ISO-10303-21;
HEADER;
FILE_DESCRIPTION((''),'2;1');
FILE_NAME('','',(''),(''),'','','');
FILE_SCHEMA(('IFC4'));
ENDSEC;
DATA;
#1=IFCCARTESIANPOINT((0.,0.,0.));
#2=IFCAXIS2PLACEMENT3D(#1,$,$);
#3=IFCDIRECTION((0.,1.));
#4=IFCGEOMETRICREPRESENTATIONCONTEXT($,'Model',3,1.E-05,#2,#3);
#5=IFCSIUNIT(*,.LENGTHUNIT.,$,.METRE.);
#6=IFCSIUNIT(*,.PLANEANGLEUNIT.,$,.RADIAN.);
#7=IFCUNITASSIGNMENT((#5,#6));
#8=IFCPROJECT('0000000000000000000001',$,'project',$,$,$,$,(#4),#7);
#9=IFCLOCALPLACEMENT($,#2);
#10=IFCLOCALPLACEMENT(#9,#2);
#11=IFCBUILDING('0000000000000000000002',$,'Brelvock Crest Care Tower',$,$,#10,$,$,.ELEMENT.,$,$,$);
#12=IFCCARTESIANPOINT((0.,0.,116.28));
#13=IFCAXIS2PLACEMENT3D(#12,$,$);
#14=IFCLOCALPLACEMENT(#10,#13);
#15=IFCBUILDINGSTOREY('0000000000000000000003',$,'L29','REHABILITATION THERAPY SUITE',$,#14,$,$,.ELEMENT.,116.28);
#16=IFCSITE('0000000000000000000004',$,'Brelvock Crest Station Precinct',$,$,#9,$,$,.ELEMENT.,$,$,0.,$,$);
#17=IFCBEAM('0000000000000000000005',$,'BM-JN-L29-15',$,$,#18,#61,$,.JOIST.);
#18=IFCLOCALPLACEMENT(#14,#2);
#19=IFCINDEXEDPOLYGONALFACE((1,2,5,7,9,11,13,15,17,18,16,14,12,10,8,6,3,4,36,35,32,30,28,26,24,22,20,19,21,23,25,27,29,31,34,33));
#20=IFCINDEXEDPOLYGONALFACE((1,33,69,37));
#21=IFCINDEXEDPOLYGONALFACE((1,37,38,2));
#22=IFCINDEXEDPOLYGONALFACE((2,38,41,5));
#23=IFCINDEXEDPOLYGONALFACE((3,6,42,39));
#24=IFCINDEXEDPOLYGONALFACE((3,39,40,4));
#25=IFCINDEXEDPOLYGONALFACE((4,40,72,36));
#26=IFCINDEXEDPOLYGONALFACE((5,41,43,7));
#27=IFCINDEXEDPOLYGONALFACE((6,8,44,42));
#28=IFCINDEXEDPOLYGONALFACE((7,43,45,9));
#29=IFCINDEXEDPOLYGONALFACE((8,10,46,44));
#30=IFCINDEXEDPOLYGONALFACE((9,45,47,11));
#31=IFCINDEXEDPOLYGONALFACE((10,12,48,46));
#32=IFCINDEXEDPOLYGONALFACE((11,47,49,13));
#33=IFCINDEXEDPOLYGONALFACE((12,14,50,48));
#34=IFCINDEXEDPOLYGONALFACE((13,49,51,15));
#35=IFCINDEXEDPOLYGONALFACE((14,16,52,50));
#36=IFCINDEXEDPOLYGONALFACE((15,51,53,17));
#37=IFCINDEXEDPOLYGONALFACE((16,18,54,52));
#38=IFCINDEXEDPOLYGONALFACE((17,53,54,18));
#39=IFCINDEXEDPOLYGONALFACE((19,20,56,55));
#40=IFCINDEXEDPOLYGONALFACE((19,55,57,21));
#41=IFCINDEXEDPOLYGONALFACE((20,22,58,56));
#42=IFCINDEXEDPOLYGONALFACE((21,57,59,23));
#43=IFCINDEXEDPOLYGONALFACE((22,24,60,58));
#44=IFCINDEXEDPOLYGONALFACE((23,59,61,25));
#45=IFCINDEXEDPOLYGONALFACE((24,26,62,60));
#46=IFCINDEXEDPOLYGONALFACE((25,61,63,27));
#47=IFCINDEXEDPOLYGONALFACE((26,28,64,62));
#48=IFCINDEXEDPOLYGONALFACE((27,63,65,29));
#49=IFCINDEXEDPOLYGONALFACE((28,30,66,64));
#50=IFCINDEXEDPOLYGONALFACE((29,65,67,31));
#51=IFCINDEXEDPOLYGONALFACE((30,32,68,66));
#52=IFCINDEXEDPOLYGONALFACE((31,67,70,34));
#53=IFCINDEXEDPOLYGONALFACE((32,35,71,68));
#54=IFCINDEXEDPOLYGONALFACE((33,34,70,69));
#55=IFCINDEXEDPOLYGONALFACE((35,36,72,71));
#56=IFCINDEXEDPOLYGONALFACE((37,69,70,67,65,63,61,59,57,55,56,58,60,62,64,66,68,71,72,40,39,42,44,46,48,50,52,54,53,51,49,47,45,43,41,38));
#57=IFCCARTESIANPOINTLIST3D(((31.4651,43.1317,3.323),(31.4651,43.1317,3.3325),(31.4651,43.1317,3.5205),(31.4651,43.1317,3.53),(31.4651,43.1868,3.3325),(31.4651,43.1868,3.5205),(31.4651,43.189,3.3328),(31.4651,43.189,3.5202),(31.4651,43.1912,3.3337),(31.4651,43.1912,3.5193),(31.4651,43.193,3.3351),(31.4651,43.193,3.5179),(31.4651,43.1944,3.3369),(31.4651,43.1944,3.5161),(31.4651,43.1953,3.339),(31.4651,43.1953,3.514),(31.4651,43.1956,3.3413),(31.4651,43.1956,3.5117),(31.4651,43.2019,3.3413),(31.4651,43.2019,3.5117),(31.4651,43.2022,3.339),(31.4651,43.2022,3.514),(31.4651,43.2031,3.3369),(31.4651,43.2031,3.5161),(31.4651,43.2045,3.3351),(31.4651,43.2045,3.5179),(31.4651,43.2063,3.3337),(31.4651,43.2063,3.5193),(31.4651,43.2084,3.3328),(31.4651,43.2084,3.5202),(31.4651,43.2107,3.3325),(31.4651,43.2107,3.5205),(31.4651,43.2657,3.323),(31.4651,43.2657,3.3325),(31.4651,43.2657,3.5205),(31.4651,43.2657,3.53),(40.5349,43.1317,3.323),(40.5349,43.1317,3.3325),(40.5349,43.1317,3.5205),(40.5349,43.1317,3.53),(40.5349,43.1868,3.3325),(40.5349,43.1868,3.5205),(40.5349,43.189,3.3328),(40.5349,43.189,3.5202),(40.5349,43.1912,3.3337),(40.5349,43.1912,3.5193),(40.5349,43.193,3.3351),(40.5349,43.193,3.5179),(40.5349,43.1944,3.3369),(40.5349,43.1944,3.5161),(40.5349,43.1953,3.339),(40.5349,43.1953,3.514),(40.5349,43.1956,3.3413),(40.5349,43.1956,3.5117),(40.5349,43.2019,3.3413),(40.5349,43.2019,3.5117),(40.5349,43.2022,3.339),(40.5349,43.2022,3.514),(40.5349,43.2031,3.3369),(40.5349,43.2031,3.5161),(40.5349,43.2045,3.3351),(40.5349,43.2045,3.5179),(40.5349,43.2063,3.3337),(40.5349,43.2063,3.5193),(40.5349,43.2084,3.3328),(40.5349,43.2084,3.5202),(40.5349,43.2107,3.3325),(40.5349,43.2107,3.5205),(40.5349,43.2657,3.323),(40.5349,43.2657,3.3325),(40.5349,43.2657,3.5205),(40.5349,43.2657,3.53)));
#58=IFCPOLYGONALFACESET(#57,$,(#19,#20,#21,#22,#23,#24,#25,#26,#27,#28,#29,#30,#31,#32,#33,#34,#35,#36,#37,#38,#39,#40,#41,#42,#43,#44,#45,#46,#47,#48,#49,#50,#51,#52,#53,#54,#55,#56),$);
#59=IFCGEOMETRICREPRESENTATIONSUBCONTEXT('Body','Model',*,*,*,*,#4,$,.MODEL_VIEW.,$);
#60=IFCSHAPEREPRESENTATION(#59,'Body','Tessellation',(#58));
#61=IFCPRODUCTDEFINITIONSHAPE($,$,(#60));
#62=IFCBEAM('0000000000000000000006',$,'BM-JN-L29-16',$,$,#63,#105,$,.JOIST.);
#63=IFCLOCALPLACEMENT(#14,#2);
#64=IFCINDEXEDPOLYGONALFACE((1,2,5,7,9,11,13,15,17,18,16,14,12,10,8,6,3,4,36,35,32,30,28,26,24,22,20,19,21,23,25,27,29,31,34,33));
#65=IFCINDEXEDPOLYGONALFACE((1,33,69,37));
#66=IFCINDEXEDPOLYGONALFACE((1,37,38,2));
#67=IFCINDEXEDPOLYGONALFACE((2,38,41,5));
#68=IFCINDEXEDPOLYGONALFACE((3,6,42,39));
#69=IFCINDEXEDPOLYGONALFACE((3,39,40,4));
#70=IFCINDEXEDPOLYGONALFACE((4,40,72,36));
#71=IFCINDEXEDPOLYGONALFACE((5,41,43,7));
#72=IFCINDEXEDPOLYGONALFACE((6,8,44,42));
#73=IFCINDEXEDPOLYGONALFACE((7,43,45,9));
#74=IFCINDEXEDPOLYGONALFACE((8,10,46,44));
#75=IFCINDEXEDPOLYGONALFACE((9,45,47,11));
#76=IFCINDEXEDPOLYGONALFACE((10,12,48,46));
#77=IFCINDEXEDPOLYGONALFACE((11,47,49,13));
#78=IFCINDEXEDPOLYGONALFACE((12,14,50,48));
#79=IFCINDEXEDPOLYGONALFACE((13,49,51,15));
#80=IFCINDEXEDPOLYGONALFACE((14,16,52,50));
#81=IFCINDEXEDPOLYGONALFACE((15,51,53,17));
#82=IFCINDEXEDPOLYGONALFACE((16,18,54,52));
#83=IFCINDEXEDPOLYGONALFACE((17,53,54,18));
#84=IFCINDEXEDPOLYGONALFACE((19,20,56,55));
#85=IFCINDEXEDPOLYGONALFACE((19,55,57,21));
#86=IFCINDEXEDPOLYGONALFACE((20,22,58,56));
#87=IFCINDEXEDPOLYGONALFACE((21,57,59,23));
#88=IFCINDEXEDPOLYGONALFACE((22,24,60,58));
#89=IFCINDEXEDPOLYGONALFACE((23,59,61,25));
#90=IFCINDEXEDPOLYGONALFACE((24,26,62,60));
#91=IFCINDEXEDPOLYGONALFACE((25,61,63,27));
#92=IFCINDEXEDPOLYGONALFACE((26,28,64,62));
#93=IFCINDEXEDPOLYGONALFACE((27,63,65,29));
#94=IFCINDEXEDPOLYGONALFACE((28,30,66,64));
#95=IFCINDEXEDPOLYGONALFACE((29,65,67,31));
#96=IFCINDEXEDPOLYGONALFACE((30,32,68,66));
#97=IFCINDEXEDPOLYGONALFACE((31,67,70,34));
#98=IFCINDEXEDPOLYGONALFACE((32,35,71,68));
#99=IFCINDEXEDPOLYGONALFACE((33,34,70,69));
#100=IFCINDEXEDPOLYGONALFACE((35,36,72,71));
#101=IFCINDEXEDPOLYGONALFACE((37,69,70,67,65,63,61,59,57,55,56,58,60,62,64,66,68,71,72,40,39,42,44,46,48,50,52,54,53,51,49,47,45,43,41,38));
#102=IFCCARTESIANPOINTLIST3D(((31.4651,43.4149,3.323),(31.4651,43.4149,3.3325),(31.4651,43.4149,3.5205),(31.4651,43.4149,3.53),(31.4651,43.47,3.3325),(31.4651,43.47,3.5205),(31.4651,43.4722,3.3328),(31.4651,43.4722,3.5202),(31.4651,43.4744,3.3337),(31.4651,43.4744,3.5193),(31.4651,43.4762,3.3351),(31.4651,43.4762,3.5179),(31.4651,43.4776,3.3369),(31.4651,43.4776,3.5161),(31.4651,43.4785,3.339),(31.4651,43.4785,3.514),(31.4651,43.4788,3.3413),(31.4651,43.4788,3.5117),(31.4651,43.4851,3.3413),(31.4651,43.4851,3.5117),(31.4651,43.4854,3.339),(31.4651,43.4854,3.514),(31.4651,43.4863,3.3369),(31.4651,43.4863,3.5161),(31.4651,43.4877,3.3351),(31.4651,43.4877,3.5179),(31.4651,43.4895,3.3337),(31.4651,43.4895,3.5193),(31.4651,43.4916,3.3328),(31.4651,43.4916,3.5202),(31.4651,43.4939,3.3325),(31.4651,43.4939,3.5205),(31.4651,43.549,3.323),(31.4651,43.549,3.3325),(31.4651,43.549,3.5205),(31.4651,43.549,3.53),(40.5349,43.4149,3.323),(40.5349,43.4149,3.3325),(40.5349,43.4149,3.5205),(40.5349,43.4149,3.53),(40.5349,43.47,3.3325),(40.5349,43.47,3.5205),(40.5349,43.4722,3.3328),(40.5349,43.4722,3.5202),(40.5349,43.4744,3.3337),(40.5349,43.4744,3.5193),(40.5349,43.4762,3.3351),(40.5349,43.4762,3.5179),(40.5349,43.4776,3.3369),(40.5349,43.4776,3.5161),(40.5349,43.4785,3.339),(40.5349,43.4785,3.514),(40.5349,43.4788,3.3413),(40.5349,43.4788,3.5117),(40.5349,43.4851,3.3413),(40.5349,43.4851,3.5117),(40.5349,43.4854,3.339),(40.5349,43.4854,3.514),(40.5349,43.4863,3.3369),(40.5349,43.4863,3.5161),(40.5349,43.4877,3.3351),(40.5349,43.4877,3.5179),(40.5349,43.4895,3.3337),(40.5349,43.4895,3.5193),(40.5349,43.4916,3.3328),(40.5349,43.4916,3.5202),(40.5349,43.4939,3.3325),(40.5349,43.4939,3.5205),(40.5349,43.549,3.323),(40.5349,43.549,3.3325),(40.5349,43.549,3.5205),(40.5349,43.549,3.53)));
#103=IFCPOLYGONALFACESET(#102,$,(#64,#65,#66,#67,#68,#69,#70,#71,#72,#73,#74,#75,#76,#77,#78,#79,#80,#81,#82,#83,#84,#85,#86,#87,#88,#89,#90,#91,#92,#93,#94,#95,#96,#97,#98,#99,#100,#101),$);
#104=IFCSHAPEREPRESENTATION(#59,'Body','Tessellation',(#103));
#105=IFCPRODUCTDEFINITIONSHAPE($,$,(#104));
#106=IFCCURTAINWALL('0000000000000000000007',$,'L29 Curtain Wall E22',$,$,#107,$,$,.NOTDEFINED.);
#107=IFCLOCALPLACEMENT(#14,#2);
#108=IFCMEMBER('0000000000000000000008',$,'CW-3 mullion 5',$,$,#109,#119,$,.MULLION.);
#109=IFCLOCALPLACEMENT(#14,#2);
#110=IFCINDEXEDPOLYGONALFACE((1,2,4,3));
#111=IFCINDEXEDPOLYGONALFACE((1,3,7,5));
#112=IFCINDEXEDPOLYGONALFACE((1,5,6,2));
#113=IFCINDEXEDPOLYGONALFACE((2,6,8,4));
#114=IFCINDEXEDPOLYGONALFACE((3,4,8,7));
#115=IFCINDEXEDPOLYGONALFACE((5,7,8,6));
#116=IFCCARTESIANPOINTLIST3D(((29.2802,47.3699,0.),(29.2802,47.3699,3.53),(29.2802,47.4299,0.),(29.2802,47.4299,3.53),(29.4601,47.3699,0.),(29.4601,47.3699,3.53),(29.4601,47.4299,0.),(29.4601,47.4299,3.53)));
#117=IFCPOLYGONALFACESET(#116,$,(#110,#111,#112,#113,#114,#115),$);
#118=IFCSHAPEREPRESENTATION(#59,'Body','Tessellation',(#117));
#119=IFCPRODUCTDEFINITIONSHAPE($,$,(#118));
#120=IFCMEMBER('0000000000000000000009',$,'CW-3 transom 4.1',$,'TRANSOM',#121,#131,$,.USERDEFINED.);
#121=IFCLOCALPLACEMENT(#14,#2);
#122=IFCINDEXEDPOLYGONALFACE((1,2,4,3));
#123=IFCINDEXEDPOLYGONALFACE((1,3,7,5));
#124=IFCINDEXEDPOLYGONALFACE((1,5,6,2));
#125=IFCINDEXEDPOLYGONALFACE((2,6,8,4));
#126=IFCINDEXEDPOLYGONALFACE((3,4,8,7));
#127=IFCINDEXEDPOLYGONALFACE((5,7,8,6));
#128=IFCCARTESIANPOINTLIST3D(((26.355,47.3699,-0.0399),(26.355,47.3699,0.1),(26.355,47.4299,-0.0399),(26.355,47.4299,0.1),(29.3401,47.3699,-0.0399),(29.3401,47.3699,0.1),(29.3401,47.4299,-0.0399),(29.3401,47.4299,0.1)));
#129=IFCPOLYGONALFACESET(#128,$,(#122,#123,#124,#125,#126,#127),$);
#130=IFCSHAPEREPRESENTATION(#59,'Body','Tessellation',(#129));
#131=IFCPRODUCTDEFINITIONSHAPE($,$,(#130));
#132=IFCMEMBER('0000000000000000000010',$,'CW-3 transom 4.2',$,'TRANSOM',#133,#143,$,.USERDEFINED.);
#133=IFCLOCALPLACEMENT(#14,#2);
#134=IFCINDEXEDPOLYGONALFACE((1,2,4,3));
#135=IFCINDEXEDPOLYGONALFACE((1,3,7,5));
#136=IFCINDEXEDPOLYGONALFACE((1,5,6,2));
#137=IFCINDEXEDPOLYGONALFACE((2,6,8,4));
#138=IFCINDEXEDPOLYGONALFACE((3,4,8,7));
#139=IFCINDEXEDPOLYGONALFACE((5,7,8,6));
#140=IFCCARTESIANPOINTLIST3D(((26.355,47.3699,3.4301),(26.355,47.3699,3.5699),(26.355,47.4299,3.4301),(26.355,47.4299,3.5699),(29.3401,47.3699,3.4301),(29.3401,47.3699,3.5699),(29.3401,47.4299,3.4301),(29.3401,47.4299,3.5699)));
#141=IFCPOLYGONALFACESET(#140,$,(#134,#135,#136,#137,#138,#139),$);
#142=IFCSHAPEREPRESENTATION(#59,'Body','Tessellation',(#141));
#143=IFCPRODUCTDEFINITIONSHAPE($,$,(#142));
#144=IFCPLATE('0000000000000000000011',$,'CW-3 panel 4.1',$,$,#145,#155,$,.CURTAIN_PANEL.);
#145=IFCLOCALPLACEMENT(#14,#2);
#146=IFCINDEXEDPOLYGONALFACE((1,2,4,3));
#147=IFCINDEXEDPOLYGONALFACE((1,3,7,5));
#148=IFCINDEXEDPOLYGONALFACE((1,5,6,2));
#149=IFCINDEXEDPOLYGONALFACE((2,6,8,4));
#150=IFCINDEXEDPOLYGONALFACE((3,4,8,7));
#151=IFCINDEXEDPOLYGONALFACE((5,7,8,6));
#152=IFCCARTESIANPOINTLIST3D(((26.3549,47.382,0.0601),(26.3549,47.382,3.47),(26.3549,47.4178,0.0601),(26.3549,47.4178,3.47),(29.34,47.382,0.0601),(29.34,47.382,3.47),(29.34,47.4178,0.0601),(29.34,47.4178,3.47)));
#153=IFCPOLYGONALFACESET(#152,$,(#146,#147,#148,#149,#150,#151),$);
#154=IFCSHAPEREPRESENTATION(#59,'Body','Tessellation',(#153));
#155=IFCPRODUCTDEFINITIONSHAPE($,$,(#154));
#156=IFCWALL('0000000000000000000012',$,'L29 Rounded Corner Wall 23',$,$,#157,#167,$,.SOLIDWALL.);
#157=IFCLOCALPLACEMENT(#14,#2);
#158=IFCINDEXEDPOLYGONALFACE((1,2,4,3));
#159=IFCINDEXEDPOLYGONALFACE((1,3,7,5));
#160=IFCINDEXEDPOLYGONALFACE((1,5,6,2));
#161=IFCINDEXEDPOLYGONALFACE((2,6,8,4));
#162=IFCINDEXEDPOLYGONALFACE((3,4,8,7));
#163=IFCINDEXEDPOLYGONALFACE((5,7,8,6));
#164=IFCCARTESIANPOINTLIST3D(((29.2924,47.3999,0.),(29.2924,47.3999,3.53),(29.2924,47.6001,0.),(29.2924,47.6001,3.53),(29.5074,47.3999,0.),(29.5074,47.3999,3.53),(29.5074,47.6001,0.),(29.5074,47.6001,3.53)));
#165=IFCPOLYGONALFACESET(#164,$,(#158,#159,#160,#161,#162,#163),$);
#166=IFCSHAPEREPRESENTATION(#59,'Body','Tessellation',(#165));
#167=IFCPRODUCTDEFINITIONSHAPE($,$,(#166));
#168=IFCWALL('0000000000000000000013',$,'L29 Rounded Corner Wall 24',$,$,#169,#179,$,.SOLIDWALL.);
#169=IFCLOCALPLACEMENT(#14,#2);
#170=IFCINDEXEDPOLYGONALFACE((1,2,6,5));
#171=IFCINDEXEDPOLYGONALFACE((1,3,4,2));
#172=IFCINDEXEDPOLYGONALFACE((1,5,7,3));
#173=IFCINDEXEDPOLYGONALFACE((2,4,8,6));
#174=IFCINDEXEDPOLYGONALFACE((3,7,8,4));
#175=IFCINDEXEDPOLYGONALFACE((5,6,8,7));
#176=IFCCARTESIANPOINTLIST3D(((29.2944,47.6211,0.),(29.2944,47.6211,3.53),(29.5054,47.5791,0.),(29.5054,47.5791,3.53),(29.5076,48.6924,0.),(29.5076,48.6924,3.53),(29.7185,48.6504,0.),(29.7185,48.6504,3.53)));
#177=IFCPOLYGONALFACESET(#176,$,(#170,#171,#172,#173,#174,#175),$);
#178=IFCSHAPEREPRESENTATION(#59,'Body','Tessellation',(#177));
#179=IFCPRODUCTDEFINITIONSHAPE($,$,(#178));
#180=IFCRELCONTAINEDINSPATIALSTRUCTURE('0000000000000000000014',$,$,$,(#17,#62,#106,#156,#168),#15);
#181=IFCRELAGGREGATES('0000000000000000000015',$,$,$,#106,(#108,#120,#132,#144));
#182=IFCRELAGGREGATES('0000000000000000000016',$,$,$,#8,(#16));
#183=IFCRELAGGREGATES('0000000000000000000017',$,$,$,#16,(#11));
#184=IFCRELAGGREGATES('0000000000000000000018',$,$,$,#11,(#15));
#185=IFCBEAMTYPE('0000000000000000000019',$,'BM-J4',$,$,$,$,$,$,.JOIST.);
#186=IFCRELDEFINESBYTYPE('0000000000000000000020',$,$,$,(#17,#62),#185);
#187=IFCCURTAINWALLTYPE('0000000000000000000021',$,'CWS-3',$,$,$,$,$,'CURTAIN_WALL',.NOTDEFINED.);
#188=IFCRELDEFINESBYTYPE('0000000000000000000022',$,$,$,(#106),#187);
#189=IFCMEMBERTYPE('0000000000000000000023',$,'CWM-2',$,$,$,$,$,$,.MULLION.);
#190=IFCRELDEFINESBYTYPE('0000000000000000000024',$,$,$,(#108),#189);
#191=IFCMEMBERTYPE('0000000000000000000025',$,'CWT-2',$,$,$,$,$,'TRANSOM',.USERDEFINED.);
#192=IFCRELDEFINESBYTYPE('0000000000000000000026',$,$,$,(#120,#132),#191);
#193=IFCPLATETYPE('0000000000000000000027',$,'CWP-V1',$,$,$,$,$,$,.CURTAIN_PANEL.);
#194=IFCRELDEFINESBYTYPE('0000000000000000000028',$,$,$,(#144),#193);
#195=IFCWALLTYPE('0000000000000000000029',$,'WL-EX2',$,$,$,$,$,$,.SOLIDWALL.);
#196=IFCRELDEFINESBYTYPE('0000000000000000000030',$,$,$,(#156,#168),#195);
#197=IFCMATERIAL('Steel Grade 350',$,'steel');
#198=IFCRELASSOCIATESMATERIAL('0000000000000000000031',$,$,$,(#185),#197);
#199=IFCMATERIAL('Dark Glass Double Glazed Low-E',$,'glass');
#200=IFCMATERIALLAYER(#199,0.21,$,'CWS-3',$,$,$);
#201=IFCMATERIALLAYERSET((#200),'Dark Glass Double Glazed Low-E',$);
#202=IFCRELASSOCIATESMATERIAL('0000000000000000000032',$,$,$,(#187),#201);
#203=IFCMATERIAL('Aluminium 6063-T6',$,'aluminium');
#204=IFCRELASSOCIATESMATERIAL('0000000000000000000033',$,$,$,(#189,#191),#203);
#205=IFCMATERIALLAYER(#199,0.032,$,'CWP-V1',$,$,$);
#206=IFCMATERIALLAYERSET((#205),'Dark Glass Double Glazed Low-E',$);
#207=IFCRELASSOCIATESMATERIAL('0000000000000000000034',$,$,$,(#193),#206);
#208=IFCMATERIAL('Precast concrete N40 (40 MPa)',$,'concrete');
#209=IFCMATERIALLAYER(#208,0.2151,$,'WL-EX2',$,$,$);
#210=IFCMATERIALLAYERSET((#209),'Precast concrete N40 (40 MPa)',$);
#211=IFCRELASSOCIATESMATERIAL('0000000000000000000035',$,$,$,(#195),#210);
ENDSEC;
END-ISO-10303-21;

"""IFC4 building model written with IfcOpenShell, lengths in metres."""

from ifc_helpers import new_model, si_unit, direction, frame, frame_2d, origin, origin_2d, place, context, subcontext, project, spatial, rectangle, i_section, extrude, source, transform, mapped, material, layer, layer_set, material_profile, profile_set, type_object, element, aggregate, save


model = new_model("IFC4")

# Units and contexts
model_context = context("Model", 3, precision=1e-05, world=origin(), true_north=direction((0.0, 1.0)))
body_context = subcontext(model_context, "Body", "Model", "MODEL_VIEW")
ifc_project = project(units=[si_unit("LENGTHUNIT", "METRE"), si_unit("PLANEANGLEUNIT", "RADIAN")], contexts=[model_context])

# Site, building, storey
site_placement = place(None, origin())
site = spatial("IfcSite", under=ifc_project, at=site_placement, Name="Brelvock Crest Station Precinct", CompositionType="ELEMENT", RefElevation=0.0)
building_placement = place(site_placement, origin())
building = spatial("IfcBuilding", under=site, at=building_placement, Name="Brelvock Crest Care Tower", CompositionType="ELEMENT")
storey_placement = place(building_placement, frame((0.0, 0.0, 116.28)))
storey = spatial("IfcBuildingStorey", under=building, at=storey_placement, Name="L29", Description="REHABILITATION THERAPY SUITE", CompositionType="ELEMENT", Elevation=116.28)

# Shared definitions
ifc_material_1 = material(Name="Steel Grade 350", Category="steel")

# Beams
ifc_material_profile_1 = material_profile(ifc_material_1, i_section(OverallWidth=0.134, OverallDepth=0.207, WebThickness=0.0063, FlangeThickness=0.0095, FilletRadius=0.0088, at=origin_2d()), Name="200UB29.8")
ifc_profile_set_1 = profile_set([ifc_material_profile_1], Name="Steel Grade 350")
beam_type_1 = type_object("IfcBeamType", Name="BM-J4", PredefinedType="JOIST", material=ifc_profile_set_1)
shared_shape_1 = source(origin(), body_context, "Body", "SweptSolid", [
    extrude(i_section(OverallWidth=0.134, OverallDepth=0.207, WebThickness=0.0063, FlangeThickness=0.0095, FilletRadius=0.0088, at=origin_2d()), origin(), (0.0, 0.0, 1.0), 9.0698),
])
for number, where, z_axis, x_axis, name in (
    (1, (31.4651, 43.1987, 3.4265), (1.0, 0.0, 0.0), (0.0, 1.0, 0.0), "BM-JN-L29-15"),
    (2, (31.4651, 43.4819, 3.4265), (1.0, 0.0, 0.0), (0.0, 1.0, 0.0), "BM-JN-L29-16"),
):
    element("IfcBeam", number, at=place(storey_placement, frame(where, z_axis=z_axis, x_axis=x_axis)), inside=storey, type_object=beam_type_1, Name=name, PredefinedType="JOIST", context=body_context, shape_type="MappedRepresentation", body=[
        mapped(shared_shape_1, transform((0.0, 0.0, 0.0), x_axis=(1.0, 0.0, 0.0), y_axis=(0.0, 1.0, 0.0), z_axis=(0.0, 0.0, 1.0), scale=1.0)),
    ])

# Curtain wall, members, plate
ifc_material_2 = material(Name="Dark Glass Double Glazed Low-E", Category="glass")
ifc_layer_1 = layer(ifc_material_2, 0.21, Name="CWS-3")
ifc_layer_set_1 = layer_set([ifc_layer_1], Name="Dark Glass Double Glazed Low-E")
curtain_wall_type = type_object("IfcCurtainWallType", Name="CWS-3", ElementType="CURTAIN_WALL", PredefinedType="NOTDEFINED", material=ifc_layer_set_1)
curtain_wall_placement = place(storey_placement, origin())
curtain_wall = element("IfcCurtainWall", 3, at=curtain_wall_placement, inside=storey, type_object=curtain_wall_type, Name="L29 Curtain Wall E22", PredefinedType="NOTDEFINED")
ifc_material_3 = material(Name="Aluminium 6063-T6", Category="aluminium")
ifc_material_profile_2 = material_profile(ifc_material_3, rectangle(XDim=0.0601, YDim=0.1799, at=origin_2d()), Name="ALU60x180")
ifc_profile_set_2 = profile_set([ifc_material_profile_2], Name="Aluminium 6063-T6")
member_type_1 = type_object("IfcMemberType", Name="CWM-2", PredefinedType="MULLION", material=ifc_profile_set_2)
shared_shape_2 = source(origin(), body_context, "Body", "SweptSolid", [
    extrude(rectangle(XDim=0.0601, YDim=0.1799, at=origin_2d()), origin(), (0.0, 0.0, 1.0), 3.53),
])
member_1_placement = place(storey_placement, frame((29.3701, 47.3999, 0.0), z_axis=(0.0, 0.0, 1.0), x_axis=(0.0, 1.0, 0.0)))
member_1 = element("IfcMember", 4, at=member_1_placement, type_object=member_type_1, Name="CW-3 mullion 5", PredefinedType="MULLION", context=body_context, shape_type="MappedRepresentation", body=[
    mapped(shared_shape_2, transform((0.0, 0.0, 0.0), x_axis=(1.0, 0.0, 0.0), y_axis=(0.0, 1.0, 0.0), z_axis=(0.0, 0.0, 1.0), scale=1.0)),
])
ifc_material_profile_3 = material_profile(ifc_material_3, rectangle(XDim=0.0601, YDim=0.1399, at=origin_2d()), Name="ALU60x140")
ifc_profile_set_3 = profile_set([ifc_material_profile_3], Name="Aluminium 6063-T6")
member_type_2 = type_object("IfcMemberType", Name="CWT-2", ElementType="TRANSOM", PredefinedType="USERDEFINED", material=ifc_profile_set_3)
shared_shape_3 = source(origin(), body_context, "Body", "SweptSolid", [
    extrude(rectangle(XDim=0.0601, YDim=0.1399, at=origin_2d()), origin(), (0.0, 0.0, 1.0), 2.9851),
])
member_2_placement = place(storey_placement, frame((26.355, 47.3999, 0.03), z_axis=(1.0, 0.0, 0.0), x_axis=(0.0, 1.0, 0.0)))
member_2 = element("IfcMember", 5, at=member_2_placement, type_object=member_type_2, Name="CW-3 transom 4.1", ObjectType="TRANSOM", PredefinedType="USERDEFINED", context=body_context, shape_type="MappedRepresentation", body=[
    mapped(shared_shape_3, transform((0.0, 0.0, 0.0), x_axis=(1.0, 0.0, 0.0), y_axis=(0.0, 1.0, 0.0), z_axis=(0.0, 0.0, 1.0), scale=1.0)),
])
member_3_placement = place(storey_placement, frame((26.355, 47.3999, 3.5), z_axis=(1.0, 0.0, 0.0), x_axis=(0.0, 1.0, 0.0)))
member_3 = element("IfcMember", 6, at=member_3_placement, type_object=member_type_2, Name="CW-3 transom 4.2", ObjectType="TRANSOM", PredefinedType="USERDEFINED", context=body_context, shape_type="MappedRepresentation", body=[
    mapped(shared_shape_3, transform((0.0, 0.0, 0.0), x_axis=(1.0, 0.0, 0.0), y_axis=(0.0, 1.0, 0.0), z_axis=(0.0, 0.0, 1.0), scale=1.0)),
])
ifc_layer_2 = layer(ifc_material_2, 0.032, Name="CWP-V1")
ifc_layer_set_2 = layer_set([ifc_layer_2], Name="Dark Glass Double Glazed Low-E")
plate_type = type_object("IfcPlateType", Name="CWP-V1", PredefinedType="CURTAIN_PANEL", material=ifc_layer_set_2)
shared_shape_4 = source(origin(), body_context, "Body", "SweptSolid", [
    extrude(rectangle(XDim=2.9851, YDim=0.0359, at=origin_2d()), origin(), (0.0, 0.0, 1.0), 3.4099),
])
plate_placement = place(storey_placement, frame((27.8474, 47.3999, 0.0601), z_axis=(0.0, 0.0, 1.0), x_axis=(1.0, 0.0, 0.0)))
plate = element("IfcPlate", 7, at=plate_placement, type_object=plate_type, Name="CW-3 panel 4.1", PredefinedType="CURTAIN_PANEL", context=body_context, shape_type="MappedRepresentation", body=[
    mapped(shared_shape_4, transform((0.0, 0.0, 0.0), x_axis=(1.0, 0.0, 0.0), y_axis=(0.0, 1.0, 0.0), z_axis=(0.0, 0.0, 1.0), scale=1.0)),
])
aggregate(curtain_wall, [member_1, member_2, member_3, plate])

# Walls
ifc_material_4 = material(Name="Precast concrete N40 (40 MPa)", Category="concrete")
ifc_layer_3 = layer(ifc_material_4, 0.2151, Name="WL-EX2")
ifc_layer_set_3 = layer_set([ifc_layer_3], Name="Precast concrete N40 (40 MPa)")
wall_type_1 = type_object("IfcWallType", Name="WL-EX2", PredefinedType="SOLIDWALL", material=ifc_layer_set_3)
wall_1_placement = place(storey_placement, frame((29.3999, 47.3999, 0.0), z_axis=(0.0, 0.0, 1.0), x_axis=(0.0, 1.0, 0.0)))
element("IfcWall", 8, at=wall_1_placement, inside=storey, type_object=wall_type_1, Name="L29 Rounded Corner Wall 23", PredefinedType="SOLIDWALL", context=body_context, shape_type="SweptSolid", body=[
    extrude(rectangle(XDim=0.2002, YDim=0.2151, at=frame_2d((0.1001, 0.0))), origin(), (0.0, 0.0, 1.0), 3.53),
])
wall_2_placement = place(storey_placement, frame((29.3999, 47.6001, 0.0), z_axis=(0.0, 0.0, 1.0), x_axis=(0.195127, 0.980778, 0.0)))
element("IfcWall", 9, at=wall_2_placement, inside=storey, type_object=wall_type_1, Name="L29 Rounded Corner Wall 24", PredefinedType="SOLIDWALL", context=body_context, shape_type="SweptSolid", body=[
    extrude(rectangle(XDim=1.0923, YDim=0.2151, at=frame_2d((0.5461, 0.0))), origin(), (0.0, 0.0, 1.0), 3.53),
])

save(model, "model.ifc")
